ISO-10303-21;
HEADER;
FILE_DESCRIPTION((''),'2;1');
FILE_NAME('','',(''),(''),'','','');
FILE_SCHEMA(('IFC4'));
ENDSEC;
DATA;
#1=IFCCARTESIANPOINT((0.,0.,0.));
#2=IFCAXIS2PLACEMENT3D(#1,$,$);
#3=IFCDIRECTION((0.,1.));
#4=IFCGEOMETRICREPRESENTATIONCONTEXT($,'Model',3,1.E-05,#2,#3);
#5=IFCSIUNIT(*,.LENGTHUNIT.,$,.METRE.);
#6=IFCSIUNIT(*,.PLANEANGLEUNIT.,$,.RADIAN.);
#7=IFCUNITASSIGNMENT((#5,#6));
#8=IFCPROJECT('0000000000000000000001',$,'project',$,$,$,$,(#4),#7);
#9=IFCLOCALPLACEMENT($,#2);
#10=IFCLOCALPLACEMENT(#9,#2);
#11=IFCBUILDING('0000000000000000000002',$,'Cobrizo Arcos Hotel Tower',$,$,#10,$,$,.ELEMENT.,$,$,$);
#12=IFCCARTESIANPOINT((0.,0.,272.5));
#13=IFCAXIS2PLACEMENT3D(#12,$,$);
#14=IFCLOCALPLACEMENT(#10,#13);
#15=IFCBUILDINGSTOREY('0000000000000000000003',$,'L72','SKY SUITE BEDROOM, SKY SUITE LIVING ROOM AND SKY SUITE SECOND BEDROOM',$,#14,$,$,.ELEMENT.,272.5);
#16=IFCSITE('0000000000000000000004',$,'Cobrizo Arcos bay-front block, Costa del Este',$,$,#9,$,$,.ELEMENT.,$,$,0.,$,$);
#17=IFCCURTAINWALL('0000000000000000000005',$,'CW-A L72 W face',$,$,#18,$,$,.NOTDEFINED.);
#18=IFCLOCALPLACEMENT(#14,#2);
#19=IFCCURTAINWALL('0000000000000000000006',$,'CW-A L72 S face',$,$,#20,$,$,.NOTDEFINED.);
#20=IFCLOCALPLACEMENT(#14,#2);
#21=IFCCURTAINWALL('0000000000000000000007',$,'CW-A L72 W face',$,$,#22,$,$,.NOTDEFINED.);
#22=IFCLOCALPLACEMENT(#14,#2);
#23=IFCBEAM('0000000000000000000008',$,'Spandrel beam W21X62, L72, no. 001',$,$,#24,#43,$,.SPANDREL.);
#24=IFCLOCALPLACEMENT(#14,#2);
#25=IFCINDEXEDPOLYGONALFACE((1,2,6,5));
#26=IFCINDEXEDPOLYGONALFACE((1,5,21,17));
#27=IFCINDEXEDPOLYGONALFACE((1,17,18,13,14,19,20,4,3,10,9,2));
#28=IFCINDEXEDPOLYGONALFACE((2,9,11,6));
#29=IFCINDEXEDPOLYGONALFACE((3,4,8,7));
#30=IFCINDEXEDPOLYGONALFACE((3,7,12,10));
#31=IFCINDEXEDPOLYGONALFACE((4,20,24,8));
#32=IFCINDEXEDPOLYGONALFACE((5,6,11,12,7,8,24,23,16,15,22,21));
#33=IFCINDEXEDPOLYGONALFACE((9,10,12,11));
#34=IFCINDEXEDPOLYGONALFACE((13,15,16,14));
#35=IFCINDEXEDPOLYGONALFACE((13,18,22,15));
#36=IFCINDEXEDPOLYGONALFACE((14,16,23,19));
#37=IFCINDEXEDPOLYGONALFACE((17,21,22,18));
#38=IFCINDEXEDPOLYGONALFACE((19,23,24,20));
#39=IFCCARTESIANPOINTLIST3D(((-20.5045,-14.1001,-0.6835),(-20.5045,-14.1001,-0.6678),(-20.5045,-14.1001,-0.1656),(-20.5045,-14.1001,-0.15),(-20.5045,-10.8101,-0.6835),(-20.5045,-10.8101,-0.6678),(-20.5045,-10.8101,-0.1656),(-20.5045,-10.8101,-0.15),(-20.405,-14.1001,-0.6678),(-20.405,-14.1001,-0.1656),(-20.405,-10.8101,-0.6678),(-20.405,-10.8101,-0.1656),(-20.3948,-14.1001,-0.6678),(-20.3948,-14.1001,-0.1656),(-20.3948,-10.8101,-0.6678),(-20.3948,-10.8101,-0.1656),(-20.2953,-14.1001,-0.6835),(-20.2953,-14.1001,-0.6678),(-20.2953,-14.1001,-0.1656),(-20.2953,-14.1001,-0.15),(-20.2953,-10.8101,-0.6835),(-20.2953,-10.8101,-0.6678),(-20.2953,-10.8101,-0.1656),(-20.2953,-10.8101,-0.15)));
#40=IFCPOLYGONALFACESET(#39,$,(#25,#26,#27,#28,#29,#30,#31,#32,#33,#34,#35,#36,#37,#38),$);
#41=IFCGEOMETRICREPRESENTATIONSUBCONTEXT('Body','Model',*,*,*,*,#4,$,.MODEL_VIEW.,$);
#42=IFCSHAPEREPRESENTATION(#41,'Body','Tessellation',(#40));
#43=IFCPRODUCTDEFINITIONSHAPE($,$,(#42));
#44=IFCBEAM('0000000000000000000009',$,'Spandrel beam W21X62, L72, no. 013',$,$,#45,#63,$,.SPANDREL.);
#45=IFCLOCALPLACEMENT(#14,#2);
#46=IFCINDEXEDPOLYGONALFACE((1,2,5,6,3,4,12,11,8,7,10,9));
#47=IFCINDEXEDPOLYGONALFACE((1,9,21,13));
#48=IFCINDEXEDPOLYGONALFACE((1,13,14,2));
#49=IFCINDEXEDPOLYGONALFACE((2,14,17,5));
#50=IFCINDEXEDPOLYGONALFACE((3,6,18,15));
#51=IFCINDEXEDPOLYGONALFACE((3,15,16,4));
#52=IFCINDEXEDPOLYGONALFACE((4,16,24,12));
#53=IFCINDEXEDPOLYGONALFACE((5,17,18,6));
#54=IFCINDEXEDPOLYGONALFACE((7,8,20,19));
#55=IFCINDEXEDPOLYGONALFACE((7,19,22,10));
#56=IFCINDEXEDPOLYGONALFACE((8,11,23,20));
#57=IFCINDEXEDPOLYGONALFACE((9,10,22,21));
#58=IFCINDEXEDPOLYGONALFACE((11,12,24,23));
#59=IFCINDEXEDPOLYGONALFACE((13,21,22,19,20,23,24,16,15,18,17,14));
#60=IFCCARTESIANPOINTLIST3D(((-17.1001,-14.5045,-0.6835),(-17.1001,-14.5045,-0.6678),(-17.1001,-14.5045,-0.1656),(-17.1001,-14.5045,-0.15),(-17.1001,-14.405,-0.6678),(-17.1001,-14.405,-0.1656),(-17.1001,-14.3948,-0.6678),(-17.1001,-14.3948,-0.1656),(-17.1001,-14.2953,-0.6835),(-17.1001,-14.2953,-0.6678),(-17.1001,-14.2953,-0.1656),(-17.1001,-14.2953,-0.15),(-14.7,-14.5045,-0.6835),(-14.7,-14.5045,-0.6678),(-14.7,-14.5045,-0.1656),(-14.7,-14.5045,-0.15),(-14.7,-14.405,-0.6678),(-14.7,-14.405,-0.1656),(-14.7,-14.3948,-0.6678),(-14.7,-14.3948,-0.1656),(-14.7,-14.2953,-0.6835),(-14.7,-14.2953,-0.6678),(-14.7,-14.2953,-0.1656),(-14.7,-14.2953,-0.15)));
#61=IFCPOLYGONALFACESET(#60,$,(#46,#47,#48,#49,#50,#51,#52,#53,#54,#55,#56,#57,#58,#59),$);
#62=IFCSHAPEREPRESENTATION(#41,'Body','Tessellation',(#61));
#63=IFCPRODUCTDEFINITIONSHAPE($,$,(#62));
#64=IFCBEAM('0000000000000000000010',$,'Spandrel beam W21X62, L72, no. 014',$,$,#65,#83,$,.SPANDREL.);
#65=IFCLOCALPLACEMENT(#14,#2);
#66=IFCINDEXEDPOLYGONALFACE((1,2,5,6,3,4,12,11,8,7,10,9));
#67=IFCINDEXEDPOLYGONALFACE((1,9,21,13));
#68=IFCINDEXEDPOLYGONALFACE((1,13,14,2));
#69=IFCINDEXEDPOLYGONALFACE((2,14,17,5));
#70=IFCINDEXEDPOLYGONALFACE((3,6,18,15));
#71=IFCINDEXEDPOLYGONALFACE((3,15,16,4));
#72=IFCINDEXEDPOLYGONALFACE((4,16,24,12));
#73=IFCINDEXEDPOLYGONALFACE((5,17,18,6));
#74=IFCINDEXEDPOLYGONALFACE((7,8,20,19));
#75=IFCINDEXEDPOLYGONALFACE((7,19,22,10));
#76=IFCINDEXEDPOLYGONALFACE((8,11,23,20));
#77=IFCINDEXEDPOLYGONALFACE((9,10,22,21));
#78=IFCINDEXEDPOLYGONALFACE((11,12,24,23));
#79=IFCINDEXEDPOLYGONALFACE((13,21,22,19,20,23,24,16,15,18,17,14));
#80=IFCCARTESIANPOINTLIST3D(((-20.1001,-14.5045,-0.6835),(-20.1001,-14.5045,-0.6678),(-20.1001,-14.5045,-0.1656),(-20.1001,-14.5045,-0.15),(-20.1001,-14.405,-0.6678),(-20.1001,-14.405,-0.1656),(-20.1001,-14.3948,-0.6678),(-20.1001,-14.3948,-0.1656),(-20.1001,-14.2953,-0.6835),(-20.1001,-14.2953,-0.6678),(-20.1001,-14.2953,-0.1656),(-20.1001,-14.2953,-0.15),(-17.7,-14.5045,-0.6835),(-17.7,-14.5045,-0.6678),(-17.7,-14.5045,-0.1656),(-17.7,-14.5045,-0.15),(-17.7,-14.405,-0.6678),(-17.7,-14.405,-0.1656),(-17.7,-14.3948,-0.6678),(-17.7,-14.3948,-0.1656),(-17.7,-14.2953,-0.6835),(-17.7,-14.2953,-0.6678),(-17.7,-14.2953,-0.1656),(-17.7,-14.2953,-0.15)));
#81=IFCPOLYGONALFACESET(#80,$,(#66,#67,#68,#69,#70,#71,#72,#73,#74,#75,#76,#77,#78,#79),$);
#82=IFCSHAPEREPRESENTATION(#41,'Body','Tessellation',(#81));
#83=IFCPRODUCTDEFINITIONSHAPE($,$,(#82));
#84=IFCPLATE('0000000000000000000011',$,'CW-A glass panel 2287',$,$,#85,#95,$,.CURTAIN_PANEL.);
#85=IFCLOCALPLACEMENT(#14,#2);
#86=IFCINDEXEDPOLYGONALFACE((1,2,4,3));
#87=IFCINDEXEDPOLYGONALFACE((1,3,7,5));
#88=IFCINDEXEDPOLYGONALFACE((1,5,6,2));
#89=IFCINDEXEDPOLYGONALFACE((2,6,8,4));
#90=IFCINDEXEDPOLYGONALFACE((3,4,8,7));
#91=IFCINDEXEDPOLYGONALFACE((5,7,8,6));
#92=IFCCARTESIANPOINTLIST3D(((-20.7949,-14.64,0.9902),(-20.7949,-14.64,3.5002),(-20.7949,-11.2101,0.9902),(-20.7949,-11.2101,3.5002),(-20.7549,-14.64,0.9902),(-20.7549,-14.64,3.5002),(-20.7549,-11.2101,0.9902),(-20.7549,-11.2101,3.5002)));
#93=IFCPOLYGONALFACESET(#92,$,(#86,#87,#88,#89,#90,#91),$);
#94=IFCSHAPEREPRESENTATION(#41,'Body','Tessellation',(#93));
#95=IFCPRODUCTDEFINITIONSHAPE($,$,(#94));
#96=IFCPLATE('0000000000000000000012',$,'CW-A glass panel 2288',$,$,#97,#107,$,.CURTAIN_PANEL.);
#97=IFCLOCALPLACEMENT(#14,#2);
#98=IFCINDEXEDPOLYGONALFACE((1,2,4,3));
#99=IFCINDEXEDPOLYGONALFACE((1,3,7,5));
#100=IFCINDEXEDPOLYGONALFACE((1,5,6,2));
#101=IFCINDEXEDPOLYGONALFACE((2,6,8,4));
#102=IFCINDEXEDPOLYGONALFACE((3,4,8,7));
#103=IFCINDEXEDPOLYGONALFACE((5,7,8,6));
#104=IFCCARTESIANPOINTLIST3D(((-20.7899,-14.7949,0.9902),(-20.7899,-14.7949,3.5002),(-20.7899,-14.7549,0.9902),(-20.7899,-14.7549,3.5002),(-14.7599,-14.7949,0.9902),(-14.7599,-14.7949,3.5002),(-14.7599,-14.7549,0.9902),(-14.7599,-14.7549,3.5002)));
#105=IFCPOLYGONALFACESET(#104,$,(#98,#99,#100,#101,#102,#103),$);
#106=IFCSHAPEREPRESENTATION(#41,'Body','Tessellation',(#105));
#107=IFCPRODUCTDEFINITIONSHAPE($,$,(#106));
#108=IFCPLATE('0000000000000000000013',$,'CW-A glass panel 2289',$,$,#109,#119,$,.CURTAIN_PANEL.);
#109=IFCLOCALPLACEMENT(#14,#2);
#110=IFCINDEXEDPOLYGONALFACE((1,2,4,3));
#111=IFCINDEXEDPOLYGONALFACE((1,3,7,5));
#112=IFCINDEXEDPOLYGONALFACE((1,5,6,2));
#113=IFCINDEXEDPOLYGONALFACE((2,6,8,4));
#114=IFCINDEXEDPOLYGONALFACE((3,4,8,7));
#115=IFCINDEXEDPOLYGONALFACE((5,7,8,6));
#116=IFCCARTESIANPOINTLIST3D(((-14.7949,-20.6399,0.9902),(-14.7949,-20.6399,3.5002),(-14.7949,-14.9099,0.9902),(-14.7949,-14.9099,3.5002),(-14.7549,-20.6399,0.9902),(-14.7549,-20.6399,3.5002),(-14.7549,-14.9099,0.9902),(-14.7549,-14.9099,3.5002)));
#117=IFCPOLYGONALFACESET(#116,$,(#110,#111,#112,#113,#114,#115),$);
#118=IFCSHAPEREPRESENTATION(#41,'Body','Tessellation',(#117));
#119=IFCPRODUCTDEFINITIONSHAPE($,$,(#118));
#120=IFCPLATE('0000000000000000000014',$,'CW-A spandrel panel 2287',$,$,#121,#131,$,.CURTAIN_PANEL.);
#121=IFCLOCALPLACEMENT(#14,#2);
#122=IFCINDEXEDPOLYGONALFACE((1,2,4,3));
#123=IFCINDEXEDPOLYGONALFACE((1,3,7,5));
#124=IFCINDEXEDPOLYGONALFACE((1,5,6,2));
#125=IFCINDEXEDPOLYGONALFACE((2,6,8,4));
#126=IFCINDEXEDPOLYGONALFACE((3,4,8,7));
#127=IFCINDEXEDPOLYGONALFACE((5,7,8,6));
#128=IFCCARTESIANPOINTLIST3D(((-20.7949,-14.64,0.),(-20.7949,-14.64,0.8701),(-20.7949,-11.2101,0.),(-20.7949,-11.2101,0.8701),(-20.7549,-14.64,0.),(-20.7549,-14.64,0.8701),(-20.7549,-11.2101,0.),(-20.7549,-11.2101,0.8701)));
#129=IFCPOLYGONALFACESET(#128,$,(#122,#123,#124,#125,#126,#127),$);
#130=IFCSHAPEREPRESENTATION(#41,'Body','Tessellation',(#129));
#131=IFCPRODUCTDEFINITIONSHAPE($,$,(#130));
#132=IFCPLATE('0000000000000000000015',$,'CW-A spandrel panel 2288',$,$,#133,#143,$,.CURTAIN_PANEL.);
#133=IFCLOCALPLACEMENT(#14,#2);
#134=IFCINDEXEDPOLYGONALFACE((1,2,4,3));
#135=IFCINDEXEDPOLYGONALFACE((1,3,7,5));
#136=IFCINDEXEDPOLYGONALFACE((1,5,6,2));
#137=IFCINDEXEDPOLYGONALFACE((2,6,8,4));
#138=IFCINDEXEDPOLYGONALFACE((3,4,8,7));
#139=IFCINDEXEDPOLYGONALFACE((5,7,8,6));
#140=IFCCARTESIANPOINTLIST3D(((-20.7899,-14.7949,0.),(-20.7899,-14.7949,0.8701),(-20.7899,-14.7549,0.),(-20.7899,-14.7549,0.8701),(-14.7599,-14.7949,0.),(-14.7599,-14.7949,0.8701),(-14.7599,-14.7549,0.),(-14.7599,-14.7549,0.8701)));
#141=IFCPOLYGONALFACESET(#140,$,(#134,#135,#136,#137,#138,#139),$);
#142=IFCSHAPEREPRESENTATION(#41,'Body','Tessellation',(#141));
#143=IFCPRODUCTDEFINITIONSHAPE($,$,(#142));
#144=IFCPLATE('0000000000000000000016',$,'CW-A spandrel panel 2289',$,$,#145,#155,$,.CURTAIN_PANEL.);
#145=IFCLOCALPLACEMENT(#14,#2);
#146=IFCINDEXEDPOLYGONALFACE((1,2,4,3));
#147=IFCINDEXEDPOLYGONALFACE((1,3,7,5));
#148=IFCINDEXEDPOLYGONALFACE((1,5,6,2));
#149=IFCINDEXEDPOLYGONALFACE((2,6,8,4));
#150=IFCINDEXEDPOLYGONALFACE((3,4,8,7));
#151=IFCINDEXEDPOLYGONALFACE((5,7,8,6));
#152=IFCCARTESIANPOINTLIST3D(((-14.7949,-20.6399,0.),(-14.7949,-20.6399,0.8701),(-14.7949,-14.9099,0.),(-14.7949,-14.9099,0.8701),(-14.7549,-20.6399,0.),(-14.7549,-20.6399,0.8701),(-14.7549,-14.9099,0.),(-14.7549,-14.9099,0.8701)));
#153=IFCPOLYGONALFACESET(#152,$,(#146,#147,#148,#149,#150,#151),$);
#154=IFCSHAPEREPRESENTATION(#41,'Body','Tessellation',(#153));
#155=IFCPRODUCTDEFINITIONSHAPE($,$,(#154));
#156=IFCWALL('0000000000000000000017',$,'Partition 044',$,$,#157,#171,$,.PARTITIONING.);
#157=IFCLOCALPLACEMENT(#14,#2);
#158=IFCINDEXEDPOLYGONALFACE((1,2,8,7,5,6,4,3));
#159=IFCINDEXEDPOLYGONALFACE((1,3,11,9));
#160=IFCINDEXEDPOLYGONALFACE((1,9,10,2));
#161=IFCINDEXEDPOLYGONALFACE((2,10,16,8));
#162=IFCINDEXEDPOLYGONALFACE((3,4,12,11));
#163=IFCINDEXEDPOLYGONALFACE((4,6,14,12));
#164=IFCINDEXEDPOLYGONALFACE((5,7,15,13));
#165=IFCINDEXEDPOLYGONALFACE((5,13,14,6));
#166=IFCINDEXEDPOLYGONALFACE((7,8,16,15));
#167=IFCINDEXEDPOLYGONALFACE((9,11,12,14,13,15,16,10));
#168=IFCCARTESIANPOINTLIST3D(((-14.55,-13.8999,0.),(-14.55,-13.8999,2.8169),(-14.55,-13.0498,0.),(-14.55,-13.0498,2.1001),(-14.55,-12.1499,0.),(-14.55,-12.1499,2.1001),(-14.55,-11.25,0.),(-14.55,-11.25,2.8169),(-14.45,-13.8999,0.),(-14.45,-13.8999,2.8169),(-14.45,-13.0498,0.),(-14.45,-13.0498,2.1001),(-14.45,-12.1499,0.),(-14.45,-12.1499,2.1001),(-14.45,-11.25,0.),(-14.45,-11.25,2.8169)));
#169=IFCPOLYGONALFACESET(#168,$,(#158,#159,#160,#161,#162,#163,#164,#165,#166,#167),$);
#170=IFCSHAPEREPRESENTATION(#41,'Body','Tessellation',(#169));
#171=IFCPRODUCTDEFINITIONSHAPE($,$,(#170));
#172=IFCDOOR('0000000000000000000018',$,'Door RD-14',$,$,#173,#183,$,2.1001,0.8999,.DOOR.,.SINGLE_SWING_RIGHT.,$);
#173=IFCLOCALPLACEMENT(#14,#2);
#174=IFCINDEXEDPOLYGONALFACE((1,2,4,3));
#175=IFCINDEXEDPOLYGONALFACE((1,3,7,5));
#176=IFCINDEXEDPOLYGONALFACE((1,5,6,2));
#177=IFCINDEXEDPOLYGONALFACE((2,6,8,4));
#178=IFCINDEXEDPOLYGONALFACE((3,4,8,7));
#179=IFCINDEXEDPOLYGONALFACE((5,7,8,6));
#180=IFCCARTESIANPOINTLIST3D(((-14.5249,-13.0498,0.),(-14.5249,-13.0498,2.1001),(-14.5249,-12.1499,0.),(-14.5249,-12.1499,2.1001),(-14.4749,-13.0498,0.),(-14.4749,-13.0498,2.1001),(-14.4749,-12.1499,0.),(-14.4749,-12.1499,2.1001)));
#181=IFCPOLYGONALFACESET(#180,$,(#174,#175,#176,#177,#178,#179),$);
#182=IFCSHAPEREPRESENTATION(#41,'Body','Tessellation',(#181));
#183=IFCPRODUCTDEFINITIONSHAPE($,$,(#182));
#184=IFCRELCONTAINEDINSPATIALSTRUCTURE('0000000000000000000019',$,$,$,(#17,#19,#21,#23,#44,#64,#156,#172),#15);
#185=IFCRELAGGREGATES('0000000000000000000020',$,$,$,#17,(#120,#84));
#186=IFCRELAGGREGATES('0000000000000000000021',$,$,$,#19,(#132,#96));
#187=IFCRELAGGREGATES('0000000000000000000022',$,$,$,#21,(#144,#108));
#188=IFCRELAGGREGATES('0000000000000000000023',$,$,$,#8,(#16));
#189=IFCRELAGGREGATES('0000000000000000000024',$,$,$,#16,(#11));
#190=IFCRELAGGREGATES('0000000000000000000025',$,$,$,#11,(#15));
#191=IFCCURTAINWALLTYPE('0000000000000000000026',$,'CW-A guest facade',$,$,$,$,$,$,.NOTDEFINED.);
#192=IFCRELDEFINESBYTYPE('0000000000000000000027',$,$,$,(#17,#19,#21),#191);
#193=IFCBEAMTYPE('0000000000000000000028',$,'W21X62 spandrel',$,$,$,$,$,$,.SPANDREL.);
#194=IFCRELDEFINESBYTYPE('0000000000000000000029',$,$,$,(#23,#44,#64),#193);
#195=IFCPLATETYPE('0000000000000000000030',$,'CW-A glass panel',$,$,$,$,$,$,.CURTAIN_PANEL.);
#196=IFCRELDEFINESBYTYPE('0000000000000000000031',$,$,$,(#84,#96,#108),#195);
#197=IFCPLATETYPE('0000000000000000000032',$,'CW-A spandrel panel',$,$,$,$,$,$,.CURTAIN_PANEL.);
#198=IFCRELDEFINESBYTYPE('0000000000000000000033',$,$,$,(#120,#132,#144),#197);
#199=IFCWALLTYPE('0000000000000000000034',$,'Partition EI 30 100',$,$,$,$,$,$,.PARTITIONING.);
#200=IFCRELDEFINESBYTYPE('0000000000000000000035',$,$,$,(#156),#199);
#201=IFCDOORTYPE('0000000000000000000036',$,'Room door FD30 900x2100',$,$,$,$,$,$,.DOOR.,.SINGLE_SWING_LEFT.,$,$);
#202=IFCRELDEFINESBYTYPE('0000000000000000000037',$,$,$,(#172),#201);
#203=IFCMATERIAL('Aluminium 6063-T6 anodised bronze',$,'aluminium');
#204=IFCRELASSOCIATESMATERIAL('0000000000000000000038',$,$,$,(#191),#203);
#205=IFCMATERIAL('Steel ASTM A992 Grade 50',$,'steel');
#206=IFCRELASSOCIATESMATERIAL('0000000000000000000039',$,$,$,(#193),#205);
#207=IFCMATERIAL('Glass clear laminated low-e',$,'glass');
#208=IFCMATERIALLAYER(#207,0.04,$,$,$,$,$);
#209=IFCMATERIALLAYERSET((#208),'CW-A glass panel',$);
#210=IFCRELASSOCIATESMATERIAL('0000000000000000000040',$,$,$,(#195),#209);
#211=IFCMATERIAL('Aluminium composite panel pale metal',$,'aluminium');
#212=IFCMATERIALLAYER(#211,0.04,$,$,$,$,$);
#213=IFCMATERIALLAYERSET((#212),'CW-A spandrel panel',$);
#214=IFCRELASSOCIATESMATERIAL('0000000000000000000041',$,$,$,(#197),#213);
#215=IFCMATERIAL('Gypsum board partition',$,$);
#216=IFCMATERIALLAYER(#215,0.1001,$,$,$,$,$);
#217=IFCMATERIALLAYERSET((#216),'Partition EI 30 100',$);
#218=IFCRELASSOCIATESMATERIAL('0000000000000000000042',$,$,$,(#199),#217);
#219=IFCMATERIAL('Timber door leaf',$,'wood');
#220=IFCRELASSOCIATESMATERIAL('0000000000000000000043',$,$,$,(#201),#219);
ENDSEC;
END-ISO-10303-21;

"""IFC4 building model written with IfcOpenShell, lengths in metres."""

from ifc_helpers import new_model, si_unit, direction, frame, frame_2d, origin, origin_2d, place, context, subcontext, project, spatial, rectangle, i_section, extrude, material, layer, layer_set, material_profile, profile_set, type_object, element, fill, aggregate, save


model = new_model("IFC4")

# Units and contexts
model_context = context("Model", 3, precision=1e-05, world=origin(), true_north=direction((0.0, 1.0)))
body_context = subcontext(model_context, "Body", "Model", "MODEL_VIEW")
ifc_project = project(units=[si_unit("LENGTHUNIT", "METRE"), si_unit("PLANEANGLEUNIT", "RADIAN")], contexts=[model_context])

# Site, building, storey
site_placement = place(None, origin())
site = spatial("IfcSite", under=ifc_project, at=site_placement, Name="Cobrizo Arcos bay-front block, Costa del Este", CompositionType="ELEMENT", RefElevation=0.0)
building_placement = place(site_placement, origin())
building = spatial("IfcBuilding", under=site, at=building_placement, Name="Cobrizo Arcos Hotel Tower", CompositionType="ELEMENT")
storey_placement = place(building_placement, frame((0.0, 0.0, 272.5)))
storey = spatial("IfcBuildingStorey", under=building, at=storey_placement, Name="L72", Description="SKY SUITE BEDROOM, SKY SUITE LIVING ROOM AND SKY SUITE SECOND BEDROOM", CompositionType="ELEMENT", Elevation=272.5)

# Curtain wall
ifc_material_1 = material(Name="Aluminium 6063-T6 anodised bronze", Category="aluminium")
curtain_wall_type = type_object("IfcCurtainWallType", Name="CW-A guest facade", PredefinedType="NOTDEFINED", material=ifc_material_1)
curtain_wall_1_placement = place(storey_placement, origin())
curtain_wall_1 = element("IfcCurtainWall", 1, at=curtain_wall_1_placement, inside=storey, type_object=curtain_wall_type, Name="CW-A L72 W face", PredefinedType="NOTDEFINED")

# Curtain walls
curtain_wall_2_placement = place(storey_placement, origin())
curtain_wall_2 = element("IfcCurtainWall", 2, at=curtain_wall_2_placement, inside=storey, type_object=curtain_wall_type, Name="CW-A L72 S face", PredefinedType="NOTDEFINED")
curtain_wall_3_placement = place(storey_placement, origin())
curtain_wall_3 = element("IfcCurtainWall", 3, at=curtain_wall_3_placement, inside=storey, type_object=curtain_wall_type, Name="CW-A L72 W face", PredefinedType="NOTDEFINED")

# Beams
ifc_material_2 = material(Name="Steel ASTM A992 Grade 50", Category="steel")
ifc_material_profile_1 = material_profile(ifc_material_2, i_section(OverallWidth=0.2092, OverallDepth=0.5334, WebThickness=0.0103, FlangeThickness=0.0156, at=origin_2d()), Name="W21X62")
ifc_profile_set_1 = profile_set([ifc_material_profile_1], Name="Steel ASTM A992 Grade 50")
beam_type_1 = type_object("IfcBeamType", Name="W21X62 spandrel", PredefinedType="SPANDREL", material=ifc_profile_set_1)
beam_1_placement = place(storey_placement, frame((-20.3999, -14.1001, -0.4167), z_axis=(0.0, 1.0, 0.0), x_axis=(-1.0, 0.0, 0.0)))
element("IfcBeam", 4, at=beam_1_placement, inside=storey, type_object=beam_type_1, Name="Spandrel beam W21X62, L72, no. 001", PredefinedType="SPANDREL", context=body_context, shape_type="SweptSolid", body=[
    extrude(i_section(OverallWidth=0.2092, OverallDepth=0.5334, WebThickness=0.0103, FlangeThickness=0.0156, at=origin_2d()), origin(), (0.0, 0.0, 1.0), 3.29),
])
for number, where, z_axis, x_axis, name in (
    (5, (-14.7, -14.3999, -0.4167), (-1.0, 0.0, 0.0), (0.0, -1.0, 0.0), "Spandrel beam W21X62, L72, no. 013"),
    (6, (-17.7, -14.3999, -0.4167), (-1.0, 0.0, 0.0), (0.0, -1.0, 0.0), "Spandrel beam W21X62, L72, no. 014"),
):
    element("IfcBeam", number, at=place(storey_placement, frame(where, z_axis=z_axis, x_axis=x_axis)), inside=storey, type_object=beam_type_1, Name=name, PredefinedType="SPANDREL", context=body_context, shape_type="SweptSolid", body=[
        extrude(i_section(OverallWidth=0.2092, OverallDepth=0.5334, WebThickness=0.0103, FlangeThickness=0.0156, at=origin_2d()), origin(), (0.0, 0.0, 1.0), 2.4001),
    ])

# Plates
ifc_material_3 = material(Name="Glass clear laminated low-e", Category="glass")
ifc_layer_1 = layer(ifc_material_3, 0.04)
ifc_layer_set_1 = layer_set([ifc_layer_1], Name="CW-A glass panel")
plate_type_1 = type_object("IfcPlateType", Name="CW-A glass panel", PredefinedType="CURTAIN_PANEL", material=ifc_layer_set_1)
plate_1_placement = place(storey_placement, frame((-20.7749, -12.925, 0.9902), z_axis=(0.0, 0.0, 1.0), x_axis=(0.0, -1.0, 0.0)))
plate_1 = element("IfcPlate", 7, at=plate_1_placement, type_object=plate_type_1, Name="CW-A glass panel 2287", PredefinedType="CURTAIN_PANEL", context=body_context, shape_type="SweptSolid", body=[
    extrude(rectangle(XDim=3.4299, YDim=0.04, at=origin_2d()), origin(), (0.0, 0.0, 1.0), 2.51),
])
plate_2_placement = place(storey_placement, frame((-17.7749, -14.7749, 0.9902), z_axis=(0.0, 0.0, 1.0), x_axis=(1.0, 0.0, 0.0)))
plate_2 = element("IfcPlate", 8, at=plate_2_placement, type_object=plate_type_1, Name="CW-A glass panel 2288", PredefinedType="CURTAIN_PANEL", context=body_context, shape_type="SweptSolid", body=[
    extrude(rectangle(XDim=6.03, YDim=0.04, at=origin_2d()), origin(), (0.0, 0.0, 1.0), 2.51),
])
plate_3_placement = place(storey_placement, frame((-14.7749, -17.7749, 0.9902), z_axis=(0.0, 0.0, 1.0), x_axis=(0.0, -1.0, 0.0)))
plate_3 = element("IfcPlate", 9, at=plate_3_placement, type_object=plate_type_1, Name="CW-A glass panel 2289", PredefinedType="CURTAIN_PANEL", context=body_context, shape_type="SweptSolid", body=[
    extrude(rectangle(XDim=5.73, YDim=0.04, at=origin_2d()), origin(), (0.0, 0.0, 1.0), 2.51),
])
ifc_material_4 = material(Name="Aluminium composite panel pale metal", Category="aluminium")
ifc_layer_2 = layer(ifc_material_4, 0.04)
ifc_layer_set_2 = layer_set([ifc_layer_2], Name="CW-A spandrel panel")
plate_type_2 = type_object("IfcPlateType", Name="CW-A spandrel panel", PredefinedType="CURTAIN_PANEL", material=ifc_layer_set_2)
plate_4_placement = place(storey_placement, frame((-20.7749, -12.925, 0.0), z_axis=(0.0, 0.0, 1.0), x_axis=(0.0, -1.0, 0.0)))
plate_4 = element("IfcPlate", 10, at=plate_4_placement, type_object=plate_type_2, Name="CW-A spandrel panel 2287", PredefinedType="CURTAIN_PANEL", context=body_context, shape_type="SweptSolid", body=[
    extrude(rectangle(XDim=3.4299, YDim=0.04, at=origin_2d()), origin(), (0.0, 0.0, 1.0), 0.8701),
])
aggregate(curtain_wall_1, [plate_4, plate_1])
plate_5_placement = place(storey_placement, frame((-17.7749, -14.7749, 0.0), z_axis=(0.0, 0.0, 1.0), x_axis=(1.0, 0.0, 0.0)))
plate_5 = element("IfcPlate", 11, at=plate_5_placement, type_object=plate_type_2, Name="CW-A spandrel panel 2288", PredefinedType="CURTAIN_PANEL", context=body_context, shape_type="SweptSolid", body=[
    extrude(rectangle(XDim=6.03, YDim=0.04, at=origin_2d()), origin(), (0.0, 0.0, 1.0), 0.8701),
])
aggregate(curtain_wall_2, [plate_5, plate_2])
plate_6_placement = place(storey_placement, frame((-14.7749, -17.7749, 0.0), z_axis=(0.0, 0.0, 1.0), x_axis=(0.0, -1.0, 0.0)))
plate_6 = element("IfcPlate", 12, at=plate_6_placement, type_object=plate_type_2, Name="CW-A spandrel panel 2289", PredefinedType="CURTAIN_PANEL", context=body_context, shape_type="SweptSolid", body=[
    extrude(rectangle(XDim=5.73, YDim=0.04, at=origin_2d()), origin(), (0.0, 0.0, 1.0), 0.8701),
])
aggregate(curtain_wall_3, [plate_6, plate_3])

# Wall, opening, door
ifc_material_5 = material(Name="Gypsum board partition")
ifc_layer_3 = layer(ifc_material_5, 0.1001)
ifc_layer_set_3 = layer_set([ifc_layer_3], Name="Partition EI 30 100")
wall_type = type_object("IfcWallType", Name="Partition EI 30 100", PredefinedType="PARTITIONING", material=ifc_layer_set_3)
wall_placement = place(storey_placement, frame((-14.5, -13.8999, 0.0), z_axis=(0.0, 0.0, 1.0), x_axis=(0.0, 1.0, 0.0)))
wall = element("IfcWall", 13, at=wall_placement, inside=storey, type_object=wall_type, Name="Partition 044", PredefinedType="PARTITIONING", context=body_context, shape_type="SweptSolid", body=[
    extrude(rectangle(XDim=2.6499, YDim=0.1001, at=frame_2d((1.325, 0.0))), origin(), (0.0, 0.0, 1.0), 2.8169),
])
opening_placement = place(wall_placement, frame((0.8501, 0.0, 0.0)))
opening = element("IfcOpeningElement", 14, at=opening_placement, cuts=wall, PredefinedType="OPENING", context=body_context, shape_type="SweptSolid", body=[
    extrude(rectangle(XDim=0.8999, YDim=2.1001, at=frame_2d((0.45, 1.05))), frame((0.0, 0.062, 0.0), z_axis=(0.0, -1.0, 0.0), x_axis=(1.0, 0.0, 0.0)), (0.0, 0.0, 1.0), 0.124),
])
ifc_material_6 = material(Name="Timber door leaf", Category="wood")
door_type = type_object("IfcDoorType", Name="Room door FD30 900x2100", OperationType="SINGLE_SWING_LEFT", PredefinedType="DOOR", material=ifc_material_6)
door_placement = place(opening_placement, origin())
door = element("IfcDoor", 15, at=door_placement, inside=storey, type_object=door_type, Name="Door RD-14", OperationType="SINGLE_SWING_RIGHT", OverallHeight=2.1001, OverallWidth=0.8999, PredefinedType="DOOR", context=body_context, shape_type="SweptSolid", body=[
    extrude(rectangle(XDim=0.8999, YDim=2.1001, at=frame_2d((0.45, 1.05))), frame((0.0, 0.0249, 0.0), z_axis=(0.0, -1.0, 0.0), x_axis=(1.0, 0.0, 0.0)), (0.0, 0.0, 1.0), 0.05),
])
fill(opening, door)

save(model, "model.ifc")
